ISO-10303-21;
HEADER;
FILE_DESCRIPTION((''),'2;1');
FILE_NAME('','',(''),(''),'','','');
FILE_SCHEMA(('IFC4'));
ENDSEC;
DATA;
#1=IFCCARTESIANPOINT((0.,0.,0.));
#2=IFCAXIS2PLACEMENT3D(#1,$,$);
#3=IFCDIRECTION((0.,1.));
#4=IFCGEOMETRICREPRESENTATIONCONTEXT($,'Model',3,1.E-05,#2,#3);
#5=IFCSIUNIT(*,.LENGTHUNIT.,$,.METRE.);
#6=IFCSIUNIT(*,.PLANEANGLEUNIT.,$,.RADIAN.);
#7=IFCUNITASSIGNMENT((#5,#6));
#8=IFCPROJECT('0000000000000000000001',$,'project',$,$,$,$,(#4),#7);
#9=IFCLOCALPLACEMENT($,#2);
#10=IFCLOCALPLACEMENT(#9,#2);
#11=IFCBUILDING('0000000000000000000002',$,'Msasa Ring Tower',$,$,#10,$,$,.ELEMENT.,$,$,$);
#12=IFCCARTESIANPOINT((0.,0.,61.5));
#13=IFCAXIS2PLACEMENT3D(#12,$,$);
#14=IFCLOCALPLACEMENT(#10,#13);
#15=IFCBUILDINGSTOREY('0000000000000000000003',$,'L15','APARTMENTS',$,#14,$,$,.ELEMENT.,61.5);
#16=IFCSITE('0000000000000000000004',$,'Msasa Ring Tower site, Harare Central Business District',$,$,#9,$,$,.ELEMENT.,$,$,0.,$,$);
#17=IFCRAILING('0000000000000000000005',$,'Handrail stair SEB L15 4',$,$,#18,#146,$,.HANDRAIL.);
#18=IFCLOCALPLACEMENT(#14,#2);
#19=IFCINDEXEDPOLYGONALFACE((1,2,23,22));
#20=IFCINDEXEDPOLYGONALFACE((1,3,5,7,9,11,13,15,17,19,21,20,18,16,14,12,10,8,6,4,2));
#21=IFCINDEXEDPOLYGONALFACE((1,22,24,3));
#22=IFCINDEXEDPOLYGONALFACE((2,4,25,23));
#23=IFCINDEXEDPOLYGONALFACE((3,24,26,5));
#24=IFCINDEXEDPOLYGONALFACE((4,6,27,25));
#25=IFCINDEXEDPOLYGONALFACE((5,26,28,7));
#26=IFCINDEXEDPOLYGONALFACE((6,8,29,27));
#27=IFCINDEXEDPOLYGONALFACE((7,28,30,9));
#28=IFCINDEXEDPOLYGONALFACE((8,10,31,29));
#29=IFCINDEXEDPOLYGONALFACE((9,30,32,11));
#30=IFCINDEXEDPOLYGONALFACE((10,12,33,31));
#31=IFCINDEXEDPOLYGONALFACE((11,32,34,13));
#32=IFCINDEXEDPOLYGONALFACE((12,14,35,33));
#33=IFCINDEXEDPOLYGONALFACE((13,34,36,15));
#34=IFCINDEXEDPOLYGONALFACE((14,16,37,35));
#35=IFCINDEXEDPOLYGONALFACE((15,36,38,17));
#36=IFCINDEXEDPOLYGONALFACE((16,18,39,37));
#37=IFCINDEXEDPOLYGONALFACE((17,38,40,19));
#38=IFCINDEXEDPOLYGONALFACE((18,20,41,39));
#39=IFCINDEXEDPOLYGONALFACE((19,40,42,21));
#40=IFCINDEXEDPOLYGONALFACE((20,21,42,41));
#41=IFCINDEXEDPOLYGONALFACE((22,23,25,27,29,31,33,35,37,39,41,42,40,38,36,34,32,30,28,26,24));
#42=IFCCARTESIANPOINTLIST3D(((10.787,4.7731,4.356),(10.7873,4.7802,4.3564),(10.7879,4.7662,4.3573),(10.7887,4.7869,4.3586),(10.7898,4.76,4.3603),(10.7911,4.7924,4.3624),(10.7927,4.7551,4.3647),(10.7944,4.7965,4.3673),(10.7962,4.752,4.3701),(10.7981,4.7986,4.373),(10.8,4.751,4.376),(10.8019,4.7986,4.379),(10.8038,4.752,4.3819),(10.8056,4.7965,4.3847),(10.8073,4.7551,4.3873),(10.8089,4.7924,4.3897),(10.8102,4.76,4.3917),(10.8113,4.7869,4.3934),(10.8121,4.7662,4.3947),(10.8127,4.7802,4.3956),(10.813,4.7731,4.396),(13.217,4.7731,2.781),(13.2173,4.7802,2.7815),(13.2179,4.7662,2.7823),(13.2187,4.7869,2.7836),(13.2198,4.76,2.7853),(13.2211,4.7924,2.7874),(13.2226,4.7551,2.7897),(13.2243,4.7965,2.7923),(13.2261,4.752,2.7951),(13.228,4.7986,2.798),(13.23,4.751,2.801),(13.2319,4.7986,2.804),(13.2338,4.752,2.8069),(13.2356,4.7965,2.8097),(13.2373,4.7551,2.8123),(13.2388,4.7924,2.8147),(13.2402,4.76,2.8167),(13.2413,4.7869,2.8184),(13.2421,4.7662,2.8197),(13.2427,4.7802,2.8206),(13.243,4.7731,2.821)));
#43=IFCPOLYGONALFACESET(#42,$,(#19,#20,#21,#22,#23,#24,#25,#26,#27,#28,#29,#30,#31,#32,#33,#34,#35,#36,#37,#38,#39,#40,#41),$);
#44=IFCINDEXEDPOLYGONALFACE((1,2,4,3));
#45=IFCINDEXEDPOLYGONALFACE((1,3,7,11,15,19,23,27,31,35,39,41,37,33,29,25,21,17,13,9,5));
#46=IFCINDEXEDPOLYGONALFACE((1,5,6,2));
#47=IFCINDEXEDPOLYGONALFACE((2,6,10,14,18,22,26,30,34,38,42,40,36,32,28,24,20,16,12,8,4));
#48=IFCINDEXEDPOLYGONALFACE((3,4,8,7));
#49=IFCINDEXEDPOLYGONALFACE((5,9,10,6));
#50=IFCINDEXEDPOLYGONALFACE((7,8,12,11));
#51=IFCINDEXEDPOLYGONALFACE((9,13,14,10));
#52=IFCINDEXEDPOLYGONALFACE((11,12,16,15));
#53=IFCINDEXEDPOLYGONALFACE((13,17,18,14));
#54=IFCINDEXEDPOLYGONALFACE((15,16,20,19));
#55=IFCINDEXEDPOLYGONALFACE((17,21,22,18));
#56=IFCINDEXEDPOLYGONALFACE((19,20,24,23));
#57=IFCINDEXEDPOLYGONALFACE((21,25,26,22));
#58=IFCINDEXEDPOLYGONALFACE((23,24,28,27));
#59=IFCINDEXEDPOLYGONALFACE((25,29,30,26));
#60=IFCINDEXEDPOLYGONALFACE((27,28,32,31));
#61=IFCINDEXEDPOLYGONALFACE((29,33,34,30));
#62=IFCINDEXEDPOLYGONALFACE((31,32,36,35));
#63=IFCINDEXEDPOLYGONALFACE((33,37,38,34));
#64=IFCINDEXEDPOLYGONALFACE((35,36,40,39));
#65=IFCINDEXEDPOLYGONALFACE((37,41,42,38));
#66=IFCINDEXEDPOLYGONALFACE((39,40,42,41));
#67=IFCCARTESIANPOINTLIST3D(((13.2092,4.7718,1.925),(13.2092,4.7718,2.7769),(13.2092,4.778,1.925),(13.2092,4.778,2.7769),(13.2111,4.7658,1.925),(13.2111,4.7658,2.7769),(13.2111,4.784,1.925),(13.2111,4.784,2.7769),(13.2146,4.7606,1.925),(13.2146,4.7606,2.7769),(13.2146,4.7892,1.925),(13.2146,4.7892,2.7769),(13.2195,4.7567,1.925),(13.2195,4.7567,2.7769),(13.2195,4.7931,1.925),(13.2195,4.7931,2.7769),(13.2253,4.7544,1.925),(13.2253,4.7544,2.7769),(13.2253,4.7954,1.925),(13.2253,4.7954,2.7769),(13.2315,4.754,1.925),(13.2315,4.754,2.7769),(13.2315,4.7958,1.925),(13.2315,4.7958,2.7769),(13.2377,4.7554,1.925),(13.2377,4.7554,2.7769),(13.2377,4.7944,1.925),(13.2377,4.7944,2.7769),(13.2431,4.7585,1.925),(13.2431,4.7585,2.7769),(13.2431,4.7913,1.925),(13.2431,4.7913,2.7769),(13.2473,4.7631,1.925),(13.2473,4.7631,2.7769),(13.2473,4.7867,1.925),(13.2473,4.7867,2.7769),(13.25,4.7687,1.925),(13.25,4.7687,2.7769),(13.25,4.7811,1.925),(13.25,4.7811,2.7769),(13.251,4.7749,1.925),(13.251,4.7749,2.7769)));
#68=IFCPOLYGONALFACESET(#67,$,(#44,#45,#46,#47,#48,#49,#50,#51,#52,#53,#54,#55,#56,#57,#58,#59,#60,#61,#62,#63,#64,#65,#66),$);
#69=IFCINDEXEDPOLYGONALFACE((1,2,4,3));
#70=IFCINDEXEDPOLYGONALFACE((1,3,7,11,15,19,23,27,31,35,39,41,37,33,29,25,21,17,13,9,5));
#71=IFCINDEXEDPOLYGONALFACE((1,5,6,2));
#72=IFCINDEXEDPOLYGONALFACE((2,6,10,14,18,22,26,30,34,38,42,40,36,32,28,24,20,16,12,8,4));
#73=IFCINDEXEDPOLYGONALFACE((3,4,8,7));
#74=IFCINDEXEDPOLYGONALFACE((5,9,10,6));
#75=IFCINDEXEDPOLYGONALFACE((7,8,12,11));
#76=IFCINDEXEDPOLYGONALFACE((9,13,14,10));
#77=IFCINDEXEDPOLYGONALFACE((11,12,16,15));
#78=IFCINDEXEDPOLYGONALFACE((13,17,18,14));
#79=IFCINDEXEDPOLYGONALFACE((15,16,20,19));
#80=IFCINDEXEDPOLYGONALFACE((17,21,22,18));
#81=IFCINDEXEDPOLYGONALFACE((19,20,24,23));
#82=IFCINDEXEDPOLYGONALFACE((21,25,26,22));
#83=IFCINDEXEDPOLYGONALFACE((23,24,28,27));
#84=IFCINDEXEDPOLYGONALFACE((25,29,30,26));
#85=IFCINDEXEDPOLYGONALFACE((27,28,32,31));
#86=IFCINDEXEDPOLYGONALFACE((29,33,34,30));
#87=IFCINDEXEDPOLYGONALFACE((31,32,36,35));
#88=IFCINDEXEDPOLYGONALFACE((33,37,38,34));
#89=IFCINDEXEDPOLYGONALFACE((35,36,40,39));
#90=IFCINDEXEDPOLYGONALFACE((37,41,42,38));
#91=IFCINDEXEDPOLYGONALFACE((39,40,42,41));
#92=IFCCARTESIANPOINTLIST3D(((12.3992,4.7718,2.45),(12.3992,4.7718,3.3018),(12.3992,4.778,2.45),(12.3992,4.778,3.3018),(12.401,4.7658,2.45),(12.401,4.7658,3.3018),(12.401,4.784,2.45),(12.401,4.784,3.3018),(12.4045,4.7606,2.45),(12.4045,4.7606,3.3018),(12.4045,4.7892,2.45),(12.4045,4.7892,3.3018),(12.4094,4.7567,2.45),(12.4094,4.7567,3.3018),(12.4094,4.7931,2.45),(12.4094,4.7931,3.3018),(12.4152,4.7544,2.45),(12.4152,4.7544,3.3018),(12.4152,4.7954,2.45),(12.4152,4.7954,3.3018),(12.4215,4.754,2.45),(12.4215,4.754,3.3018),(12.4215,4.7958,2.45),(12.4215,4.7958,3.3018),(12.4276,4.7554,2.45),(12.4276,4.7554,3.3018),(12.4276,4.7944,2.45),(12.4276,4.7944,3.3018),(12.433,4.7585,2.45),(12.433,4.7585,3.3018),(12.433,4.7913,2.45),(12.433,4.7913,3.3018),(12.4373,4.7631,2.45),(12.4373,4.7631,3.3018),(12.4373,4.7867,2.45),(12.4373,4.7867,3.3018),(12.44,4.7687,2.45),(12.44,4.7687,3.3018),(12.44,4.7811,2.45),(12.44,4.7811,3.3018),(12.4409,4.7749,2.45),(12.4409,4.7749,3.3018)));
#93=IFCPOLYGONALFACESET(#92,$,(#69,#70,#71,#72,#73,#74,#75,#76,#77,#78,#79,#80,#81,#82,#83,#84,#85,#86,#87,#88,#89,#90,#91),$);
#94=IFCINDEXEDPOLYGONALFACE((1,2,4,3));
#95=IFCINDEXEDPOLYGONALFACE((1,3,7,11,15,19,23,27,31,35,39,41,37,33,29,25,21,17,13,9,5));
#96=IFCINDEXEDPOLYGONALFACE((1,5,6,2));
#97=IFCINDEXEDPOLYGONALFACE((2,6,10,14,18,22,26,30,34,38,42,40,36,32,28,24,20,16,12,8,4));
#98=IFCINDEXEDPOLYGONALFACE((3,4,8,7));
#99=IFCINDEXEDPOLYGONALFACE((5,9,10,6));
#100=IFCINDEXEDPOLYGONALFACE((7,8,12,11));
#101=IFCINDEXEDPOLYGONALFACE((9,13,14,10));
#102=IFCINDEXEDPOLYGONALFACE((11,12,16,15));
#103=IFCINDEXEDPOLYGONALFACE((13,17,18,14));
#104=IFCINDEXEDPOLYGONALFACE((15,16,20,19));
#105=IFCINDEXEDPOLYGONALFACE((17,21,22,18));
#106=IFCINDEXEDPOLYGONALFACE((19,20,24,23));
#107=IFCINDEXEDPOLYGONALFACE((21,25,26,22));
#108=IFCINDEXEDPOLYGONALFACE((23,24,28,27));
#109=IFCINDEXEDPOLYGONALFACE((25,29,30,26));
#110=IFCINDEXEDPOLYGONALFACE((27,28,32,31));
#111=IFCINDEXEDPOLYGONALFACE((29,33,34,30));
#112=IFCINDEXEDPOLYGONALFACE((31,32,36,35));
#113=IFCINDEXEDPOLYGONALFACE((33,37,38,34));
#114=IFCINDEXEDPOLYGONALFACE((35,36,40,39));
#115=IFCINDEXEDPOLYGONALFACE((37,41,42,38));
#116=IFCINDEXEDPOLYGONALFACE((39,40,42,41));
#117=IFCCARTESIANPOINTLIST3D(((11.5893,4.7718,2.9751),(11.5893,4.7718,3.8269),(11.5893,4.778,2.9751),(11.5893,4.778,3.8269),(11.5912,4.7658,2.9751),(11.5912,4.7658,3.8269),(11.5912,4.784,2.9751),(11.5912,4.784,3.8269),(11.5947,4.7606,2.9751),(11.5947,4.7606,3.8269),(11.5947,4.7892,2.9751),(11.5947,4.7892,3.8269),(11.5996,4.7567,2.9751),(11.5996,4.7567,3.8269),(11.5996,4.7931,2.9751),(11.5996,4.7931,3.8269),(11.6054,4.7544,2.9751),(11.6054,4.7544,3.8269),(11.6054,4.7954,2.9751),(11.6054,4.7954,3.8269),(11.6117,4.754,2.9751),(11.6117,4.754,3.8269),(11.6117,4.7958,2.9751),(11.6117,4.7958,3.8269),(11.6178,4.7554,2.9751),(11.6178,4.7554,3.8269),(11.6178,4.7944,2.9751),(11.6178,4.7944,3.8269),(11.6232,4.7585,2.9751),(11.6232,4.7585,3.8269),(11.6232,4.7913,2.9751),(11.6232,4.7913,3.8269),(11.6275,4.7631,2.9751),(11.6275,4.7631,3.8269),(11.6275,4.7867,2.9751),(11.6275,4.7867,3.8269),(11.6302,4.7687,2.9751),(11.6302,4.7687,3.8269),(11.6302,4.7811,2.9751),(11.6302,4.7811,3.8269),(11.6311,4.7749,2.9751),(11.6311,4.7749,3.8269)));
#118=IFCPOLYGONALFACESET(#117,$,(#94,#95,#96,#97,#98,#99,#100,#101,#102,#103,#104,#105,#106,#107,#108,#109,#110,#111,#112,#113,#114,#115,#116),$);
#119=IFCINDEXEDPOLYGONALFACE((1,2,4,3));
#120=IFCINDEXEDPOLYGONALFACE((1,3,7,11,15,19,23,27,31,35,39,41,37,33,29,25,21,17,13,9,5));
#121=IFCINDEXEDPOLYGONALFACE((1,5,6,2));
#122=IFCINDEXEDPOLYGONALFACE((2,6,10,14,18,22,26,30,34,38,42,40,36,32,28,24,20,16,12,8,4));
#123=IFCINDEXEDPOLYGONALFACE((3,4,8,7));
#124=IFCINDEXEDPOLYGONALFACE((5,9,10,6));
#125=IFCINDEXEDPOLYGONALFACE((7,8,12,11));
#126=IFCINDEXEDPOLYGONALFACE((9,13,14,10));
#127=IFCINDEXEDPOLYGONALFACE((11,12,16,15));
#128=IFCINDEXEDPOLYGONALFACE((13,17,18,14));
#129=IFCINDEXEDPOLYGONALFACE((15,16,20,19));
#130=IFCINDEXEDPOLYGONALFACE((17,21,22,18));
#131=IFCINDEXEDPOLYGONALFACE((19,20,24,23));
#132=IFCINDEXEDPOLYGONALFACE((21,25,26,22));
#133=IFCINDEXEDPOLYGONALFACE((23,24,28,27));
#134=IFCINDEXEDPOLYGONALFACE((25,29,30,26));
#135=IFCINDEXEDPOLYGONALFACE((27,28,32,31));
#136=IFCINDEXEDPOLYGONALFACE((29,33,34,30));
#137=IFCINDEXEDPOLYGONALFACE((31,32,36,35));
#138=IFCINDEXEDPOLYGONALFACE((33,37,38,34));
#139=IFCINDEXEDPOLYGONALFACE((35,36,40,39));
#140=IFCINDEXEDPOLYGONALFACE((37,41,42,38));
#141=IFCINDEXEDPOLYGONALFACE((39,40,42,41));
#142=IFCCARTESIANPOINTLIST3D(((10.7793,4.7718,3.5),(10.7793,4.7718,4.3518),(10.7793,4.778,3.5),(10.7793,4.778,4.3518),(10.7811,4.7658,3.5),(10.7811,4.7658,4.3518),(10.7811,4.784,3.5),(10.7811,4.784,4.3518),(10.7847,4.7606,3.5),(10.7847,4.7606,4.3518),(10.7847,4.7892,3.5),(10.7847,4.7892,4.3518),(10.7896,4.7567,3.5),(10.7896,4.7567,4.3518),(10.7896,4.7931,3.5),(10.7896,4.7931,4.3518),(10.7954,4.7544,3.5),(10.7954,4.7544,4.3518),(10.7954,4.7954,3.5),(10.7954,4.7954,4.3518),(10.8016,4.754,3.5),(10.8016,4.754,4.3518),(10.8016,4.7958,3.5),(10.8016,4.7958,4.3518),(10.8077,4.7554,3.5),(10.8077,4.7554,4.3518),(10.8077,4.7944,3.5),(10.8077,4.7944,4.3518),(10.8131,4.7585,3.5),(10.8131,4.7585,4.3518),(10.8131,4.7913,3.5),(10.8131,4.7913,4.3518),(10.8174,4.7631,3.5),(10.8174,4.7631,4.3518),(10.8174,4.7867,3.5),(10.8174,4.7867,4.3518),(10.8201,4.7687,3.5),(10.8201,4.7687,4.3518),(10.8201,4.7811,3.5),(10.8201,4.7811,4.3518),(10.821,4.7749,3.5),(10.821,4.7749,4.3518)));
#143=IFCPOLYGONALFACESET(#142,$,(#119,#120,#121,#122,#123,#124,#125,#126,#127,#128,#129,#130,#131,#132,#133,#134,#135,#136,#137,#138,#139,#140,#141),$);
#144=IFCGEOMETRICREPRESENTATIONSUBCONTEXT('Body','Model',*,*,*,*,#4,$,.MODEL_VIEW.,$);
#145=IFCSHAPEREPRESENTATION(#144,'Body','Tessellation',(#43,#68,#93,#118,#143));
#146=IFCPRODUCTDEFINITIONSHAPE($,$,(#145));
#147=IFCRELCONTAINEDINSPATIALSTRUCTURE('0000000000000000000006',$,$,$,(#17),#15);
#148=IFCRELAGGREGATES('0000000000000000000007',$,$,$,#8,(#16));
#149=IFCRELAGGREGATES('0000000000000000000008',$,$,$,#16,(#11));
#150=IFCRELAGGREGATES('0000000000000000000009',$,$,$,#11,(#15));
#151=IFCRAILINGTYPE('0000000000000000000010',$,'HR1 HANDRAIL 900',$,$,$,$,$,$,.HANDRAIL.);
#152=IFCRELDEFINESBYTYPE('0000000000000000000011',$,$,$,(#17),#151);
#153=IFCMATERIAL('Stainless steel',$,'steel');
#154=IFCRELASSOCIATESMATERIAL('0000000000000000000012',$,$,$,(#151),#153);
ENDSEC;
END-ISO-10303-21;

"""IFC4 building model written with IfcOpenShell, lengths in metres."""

from ifc_helpers import new_model, si_unit, direction, frame, origin, origin_2d, place, context, subcontext, project, spatial, circle, extrude, material, type_object, element, save


model = new_model("IFC4")

# Units and contexts
model_context = context("Model", 3, precision=1e-05, world=origin(), true_north=direction((0.0, 1.0)))
body_context = subcontext(model_context, "Body", "Model", "MODEL_VIEW")
ifc_project = project(units=[si_unit("LENGTHUNIT", "METRE"), si_unit("PLANEANGLEUNIT", "RADIAN")], contexts=[model_context])

# Site, building, storey
site_placement = place(None, origin())
site = spatial("IfcSite", under=ifc_project, at=site_placement, Name="Msasa Ring Tower site, Harare Central Business District", CompositionType="ELEMENT", RefElevation=0.0)
building_placement = place(site_placement, origin())
building = spatial("IfcBuilding", under=site, at=building_placement, Name="Msasa Ring Tower", CompositionType="ELEMENT")
storey_placement = place(building_placement, frame((0.0, 0.0, 61.5)))
storey = spatial("IfcBuildingStorey", under=building, at=storey_placement, Name="L15", Description="APARTMENTS", CompositionType="ELEMENT", Elevation=61.5)

# Railing
ifc_material_1 = material(Name="Stainless steel", Category="steel")
railing_type = type_object("IfcRailingType", Name="HR1 HANDRAIL 900", PredefinedType="HANDRAIL", material=ifc_material_1)
for number, where, name in (
    (1, (13.23, 4.7749, 1.925), "Handrail stair SEB L15 4"),
):
    element("IfcRailing", number, at=place(storey_placement, frame(where)), inside=storey, type_object=railing_type, Name=name, PredefinedType="HANDRAIL", context=body_context, shape_type="SweptSolid", body=[
        extrude(circle(Radius=0.0239, at=origin_2d()), frame((0.0, 0.0, 0.876), z_axis=(-0.839154, 0.0, 0.543894), x_axis=(0.0, -1.0, 0.0)), (0.0, 0.0, 1.0), 2.8958),
        extrude(circle(Radius=0.021, at=origin_2d()), origin(), (0.0, 0.0, 1.0), 0.8518),
        extrude(circle(Radius=0.021, at=origin_2d()), frame((-0.8101, 0.0, 0.5249)), (0.0, 0.0, 1.0), 0.8518),
        extrude(circle(Radius=0.021, at=origin_2d()), frame((-1.6199, 0.0, 1.05)), (0.0, 0.0, 1.0), 0.8518),
        extrude(circle(Radius=0.021, at=origin_2d()), frame((-2.4299, 0.0, 1.575)), (0.0, 0.0, 1.0), 0.8518),
    ])

save(model, "model.ifc")
